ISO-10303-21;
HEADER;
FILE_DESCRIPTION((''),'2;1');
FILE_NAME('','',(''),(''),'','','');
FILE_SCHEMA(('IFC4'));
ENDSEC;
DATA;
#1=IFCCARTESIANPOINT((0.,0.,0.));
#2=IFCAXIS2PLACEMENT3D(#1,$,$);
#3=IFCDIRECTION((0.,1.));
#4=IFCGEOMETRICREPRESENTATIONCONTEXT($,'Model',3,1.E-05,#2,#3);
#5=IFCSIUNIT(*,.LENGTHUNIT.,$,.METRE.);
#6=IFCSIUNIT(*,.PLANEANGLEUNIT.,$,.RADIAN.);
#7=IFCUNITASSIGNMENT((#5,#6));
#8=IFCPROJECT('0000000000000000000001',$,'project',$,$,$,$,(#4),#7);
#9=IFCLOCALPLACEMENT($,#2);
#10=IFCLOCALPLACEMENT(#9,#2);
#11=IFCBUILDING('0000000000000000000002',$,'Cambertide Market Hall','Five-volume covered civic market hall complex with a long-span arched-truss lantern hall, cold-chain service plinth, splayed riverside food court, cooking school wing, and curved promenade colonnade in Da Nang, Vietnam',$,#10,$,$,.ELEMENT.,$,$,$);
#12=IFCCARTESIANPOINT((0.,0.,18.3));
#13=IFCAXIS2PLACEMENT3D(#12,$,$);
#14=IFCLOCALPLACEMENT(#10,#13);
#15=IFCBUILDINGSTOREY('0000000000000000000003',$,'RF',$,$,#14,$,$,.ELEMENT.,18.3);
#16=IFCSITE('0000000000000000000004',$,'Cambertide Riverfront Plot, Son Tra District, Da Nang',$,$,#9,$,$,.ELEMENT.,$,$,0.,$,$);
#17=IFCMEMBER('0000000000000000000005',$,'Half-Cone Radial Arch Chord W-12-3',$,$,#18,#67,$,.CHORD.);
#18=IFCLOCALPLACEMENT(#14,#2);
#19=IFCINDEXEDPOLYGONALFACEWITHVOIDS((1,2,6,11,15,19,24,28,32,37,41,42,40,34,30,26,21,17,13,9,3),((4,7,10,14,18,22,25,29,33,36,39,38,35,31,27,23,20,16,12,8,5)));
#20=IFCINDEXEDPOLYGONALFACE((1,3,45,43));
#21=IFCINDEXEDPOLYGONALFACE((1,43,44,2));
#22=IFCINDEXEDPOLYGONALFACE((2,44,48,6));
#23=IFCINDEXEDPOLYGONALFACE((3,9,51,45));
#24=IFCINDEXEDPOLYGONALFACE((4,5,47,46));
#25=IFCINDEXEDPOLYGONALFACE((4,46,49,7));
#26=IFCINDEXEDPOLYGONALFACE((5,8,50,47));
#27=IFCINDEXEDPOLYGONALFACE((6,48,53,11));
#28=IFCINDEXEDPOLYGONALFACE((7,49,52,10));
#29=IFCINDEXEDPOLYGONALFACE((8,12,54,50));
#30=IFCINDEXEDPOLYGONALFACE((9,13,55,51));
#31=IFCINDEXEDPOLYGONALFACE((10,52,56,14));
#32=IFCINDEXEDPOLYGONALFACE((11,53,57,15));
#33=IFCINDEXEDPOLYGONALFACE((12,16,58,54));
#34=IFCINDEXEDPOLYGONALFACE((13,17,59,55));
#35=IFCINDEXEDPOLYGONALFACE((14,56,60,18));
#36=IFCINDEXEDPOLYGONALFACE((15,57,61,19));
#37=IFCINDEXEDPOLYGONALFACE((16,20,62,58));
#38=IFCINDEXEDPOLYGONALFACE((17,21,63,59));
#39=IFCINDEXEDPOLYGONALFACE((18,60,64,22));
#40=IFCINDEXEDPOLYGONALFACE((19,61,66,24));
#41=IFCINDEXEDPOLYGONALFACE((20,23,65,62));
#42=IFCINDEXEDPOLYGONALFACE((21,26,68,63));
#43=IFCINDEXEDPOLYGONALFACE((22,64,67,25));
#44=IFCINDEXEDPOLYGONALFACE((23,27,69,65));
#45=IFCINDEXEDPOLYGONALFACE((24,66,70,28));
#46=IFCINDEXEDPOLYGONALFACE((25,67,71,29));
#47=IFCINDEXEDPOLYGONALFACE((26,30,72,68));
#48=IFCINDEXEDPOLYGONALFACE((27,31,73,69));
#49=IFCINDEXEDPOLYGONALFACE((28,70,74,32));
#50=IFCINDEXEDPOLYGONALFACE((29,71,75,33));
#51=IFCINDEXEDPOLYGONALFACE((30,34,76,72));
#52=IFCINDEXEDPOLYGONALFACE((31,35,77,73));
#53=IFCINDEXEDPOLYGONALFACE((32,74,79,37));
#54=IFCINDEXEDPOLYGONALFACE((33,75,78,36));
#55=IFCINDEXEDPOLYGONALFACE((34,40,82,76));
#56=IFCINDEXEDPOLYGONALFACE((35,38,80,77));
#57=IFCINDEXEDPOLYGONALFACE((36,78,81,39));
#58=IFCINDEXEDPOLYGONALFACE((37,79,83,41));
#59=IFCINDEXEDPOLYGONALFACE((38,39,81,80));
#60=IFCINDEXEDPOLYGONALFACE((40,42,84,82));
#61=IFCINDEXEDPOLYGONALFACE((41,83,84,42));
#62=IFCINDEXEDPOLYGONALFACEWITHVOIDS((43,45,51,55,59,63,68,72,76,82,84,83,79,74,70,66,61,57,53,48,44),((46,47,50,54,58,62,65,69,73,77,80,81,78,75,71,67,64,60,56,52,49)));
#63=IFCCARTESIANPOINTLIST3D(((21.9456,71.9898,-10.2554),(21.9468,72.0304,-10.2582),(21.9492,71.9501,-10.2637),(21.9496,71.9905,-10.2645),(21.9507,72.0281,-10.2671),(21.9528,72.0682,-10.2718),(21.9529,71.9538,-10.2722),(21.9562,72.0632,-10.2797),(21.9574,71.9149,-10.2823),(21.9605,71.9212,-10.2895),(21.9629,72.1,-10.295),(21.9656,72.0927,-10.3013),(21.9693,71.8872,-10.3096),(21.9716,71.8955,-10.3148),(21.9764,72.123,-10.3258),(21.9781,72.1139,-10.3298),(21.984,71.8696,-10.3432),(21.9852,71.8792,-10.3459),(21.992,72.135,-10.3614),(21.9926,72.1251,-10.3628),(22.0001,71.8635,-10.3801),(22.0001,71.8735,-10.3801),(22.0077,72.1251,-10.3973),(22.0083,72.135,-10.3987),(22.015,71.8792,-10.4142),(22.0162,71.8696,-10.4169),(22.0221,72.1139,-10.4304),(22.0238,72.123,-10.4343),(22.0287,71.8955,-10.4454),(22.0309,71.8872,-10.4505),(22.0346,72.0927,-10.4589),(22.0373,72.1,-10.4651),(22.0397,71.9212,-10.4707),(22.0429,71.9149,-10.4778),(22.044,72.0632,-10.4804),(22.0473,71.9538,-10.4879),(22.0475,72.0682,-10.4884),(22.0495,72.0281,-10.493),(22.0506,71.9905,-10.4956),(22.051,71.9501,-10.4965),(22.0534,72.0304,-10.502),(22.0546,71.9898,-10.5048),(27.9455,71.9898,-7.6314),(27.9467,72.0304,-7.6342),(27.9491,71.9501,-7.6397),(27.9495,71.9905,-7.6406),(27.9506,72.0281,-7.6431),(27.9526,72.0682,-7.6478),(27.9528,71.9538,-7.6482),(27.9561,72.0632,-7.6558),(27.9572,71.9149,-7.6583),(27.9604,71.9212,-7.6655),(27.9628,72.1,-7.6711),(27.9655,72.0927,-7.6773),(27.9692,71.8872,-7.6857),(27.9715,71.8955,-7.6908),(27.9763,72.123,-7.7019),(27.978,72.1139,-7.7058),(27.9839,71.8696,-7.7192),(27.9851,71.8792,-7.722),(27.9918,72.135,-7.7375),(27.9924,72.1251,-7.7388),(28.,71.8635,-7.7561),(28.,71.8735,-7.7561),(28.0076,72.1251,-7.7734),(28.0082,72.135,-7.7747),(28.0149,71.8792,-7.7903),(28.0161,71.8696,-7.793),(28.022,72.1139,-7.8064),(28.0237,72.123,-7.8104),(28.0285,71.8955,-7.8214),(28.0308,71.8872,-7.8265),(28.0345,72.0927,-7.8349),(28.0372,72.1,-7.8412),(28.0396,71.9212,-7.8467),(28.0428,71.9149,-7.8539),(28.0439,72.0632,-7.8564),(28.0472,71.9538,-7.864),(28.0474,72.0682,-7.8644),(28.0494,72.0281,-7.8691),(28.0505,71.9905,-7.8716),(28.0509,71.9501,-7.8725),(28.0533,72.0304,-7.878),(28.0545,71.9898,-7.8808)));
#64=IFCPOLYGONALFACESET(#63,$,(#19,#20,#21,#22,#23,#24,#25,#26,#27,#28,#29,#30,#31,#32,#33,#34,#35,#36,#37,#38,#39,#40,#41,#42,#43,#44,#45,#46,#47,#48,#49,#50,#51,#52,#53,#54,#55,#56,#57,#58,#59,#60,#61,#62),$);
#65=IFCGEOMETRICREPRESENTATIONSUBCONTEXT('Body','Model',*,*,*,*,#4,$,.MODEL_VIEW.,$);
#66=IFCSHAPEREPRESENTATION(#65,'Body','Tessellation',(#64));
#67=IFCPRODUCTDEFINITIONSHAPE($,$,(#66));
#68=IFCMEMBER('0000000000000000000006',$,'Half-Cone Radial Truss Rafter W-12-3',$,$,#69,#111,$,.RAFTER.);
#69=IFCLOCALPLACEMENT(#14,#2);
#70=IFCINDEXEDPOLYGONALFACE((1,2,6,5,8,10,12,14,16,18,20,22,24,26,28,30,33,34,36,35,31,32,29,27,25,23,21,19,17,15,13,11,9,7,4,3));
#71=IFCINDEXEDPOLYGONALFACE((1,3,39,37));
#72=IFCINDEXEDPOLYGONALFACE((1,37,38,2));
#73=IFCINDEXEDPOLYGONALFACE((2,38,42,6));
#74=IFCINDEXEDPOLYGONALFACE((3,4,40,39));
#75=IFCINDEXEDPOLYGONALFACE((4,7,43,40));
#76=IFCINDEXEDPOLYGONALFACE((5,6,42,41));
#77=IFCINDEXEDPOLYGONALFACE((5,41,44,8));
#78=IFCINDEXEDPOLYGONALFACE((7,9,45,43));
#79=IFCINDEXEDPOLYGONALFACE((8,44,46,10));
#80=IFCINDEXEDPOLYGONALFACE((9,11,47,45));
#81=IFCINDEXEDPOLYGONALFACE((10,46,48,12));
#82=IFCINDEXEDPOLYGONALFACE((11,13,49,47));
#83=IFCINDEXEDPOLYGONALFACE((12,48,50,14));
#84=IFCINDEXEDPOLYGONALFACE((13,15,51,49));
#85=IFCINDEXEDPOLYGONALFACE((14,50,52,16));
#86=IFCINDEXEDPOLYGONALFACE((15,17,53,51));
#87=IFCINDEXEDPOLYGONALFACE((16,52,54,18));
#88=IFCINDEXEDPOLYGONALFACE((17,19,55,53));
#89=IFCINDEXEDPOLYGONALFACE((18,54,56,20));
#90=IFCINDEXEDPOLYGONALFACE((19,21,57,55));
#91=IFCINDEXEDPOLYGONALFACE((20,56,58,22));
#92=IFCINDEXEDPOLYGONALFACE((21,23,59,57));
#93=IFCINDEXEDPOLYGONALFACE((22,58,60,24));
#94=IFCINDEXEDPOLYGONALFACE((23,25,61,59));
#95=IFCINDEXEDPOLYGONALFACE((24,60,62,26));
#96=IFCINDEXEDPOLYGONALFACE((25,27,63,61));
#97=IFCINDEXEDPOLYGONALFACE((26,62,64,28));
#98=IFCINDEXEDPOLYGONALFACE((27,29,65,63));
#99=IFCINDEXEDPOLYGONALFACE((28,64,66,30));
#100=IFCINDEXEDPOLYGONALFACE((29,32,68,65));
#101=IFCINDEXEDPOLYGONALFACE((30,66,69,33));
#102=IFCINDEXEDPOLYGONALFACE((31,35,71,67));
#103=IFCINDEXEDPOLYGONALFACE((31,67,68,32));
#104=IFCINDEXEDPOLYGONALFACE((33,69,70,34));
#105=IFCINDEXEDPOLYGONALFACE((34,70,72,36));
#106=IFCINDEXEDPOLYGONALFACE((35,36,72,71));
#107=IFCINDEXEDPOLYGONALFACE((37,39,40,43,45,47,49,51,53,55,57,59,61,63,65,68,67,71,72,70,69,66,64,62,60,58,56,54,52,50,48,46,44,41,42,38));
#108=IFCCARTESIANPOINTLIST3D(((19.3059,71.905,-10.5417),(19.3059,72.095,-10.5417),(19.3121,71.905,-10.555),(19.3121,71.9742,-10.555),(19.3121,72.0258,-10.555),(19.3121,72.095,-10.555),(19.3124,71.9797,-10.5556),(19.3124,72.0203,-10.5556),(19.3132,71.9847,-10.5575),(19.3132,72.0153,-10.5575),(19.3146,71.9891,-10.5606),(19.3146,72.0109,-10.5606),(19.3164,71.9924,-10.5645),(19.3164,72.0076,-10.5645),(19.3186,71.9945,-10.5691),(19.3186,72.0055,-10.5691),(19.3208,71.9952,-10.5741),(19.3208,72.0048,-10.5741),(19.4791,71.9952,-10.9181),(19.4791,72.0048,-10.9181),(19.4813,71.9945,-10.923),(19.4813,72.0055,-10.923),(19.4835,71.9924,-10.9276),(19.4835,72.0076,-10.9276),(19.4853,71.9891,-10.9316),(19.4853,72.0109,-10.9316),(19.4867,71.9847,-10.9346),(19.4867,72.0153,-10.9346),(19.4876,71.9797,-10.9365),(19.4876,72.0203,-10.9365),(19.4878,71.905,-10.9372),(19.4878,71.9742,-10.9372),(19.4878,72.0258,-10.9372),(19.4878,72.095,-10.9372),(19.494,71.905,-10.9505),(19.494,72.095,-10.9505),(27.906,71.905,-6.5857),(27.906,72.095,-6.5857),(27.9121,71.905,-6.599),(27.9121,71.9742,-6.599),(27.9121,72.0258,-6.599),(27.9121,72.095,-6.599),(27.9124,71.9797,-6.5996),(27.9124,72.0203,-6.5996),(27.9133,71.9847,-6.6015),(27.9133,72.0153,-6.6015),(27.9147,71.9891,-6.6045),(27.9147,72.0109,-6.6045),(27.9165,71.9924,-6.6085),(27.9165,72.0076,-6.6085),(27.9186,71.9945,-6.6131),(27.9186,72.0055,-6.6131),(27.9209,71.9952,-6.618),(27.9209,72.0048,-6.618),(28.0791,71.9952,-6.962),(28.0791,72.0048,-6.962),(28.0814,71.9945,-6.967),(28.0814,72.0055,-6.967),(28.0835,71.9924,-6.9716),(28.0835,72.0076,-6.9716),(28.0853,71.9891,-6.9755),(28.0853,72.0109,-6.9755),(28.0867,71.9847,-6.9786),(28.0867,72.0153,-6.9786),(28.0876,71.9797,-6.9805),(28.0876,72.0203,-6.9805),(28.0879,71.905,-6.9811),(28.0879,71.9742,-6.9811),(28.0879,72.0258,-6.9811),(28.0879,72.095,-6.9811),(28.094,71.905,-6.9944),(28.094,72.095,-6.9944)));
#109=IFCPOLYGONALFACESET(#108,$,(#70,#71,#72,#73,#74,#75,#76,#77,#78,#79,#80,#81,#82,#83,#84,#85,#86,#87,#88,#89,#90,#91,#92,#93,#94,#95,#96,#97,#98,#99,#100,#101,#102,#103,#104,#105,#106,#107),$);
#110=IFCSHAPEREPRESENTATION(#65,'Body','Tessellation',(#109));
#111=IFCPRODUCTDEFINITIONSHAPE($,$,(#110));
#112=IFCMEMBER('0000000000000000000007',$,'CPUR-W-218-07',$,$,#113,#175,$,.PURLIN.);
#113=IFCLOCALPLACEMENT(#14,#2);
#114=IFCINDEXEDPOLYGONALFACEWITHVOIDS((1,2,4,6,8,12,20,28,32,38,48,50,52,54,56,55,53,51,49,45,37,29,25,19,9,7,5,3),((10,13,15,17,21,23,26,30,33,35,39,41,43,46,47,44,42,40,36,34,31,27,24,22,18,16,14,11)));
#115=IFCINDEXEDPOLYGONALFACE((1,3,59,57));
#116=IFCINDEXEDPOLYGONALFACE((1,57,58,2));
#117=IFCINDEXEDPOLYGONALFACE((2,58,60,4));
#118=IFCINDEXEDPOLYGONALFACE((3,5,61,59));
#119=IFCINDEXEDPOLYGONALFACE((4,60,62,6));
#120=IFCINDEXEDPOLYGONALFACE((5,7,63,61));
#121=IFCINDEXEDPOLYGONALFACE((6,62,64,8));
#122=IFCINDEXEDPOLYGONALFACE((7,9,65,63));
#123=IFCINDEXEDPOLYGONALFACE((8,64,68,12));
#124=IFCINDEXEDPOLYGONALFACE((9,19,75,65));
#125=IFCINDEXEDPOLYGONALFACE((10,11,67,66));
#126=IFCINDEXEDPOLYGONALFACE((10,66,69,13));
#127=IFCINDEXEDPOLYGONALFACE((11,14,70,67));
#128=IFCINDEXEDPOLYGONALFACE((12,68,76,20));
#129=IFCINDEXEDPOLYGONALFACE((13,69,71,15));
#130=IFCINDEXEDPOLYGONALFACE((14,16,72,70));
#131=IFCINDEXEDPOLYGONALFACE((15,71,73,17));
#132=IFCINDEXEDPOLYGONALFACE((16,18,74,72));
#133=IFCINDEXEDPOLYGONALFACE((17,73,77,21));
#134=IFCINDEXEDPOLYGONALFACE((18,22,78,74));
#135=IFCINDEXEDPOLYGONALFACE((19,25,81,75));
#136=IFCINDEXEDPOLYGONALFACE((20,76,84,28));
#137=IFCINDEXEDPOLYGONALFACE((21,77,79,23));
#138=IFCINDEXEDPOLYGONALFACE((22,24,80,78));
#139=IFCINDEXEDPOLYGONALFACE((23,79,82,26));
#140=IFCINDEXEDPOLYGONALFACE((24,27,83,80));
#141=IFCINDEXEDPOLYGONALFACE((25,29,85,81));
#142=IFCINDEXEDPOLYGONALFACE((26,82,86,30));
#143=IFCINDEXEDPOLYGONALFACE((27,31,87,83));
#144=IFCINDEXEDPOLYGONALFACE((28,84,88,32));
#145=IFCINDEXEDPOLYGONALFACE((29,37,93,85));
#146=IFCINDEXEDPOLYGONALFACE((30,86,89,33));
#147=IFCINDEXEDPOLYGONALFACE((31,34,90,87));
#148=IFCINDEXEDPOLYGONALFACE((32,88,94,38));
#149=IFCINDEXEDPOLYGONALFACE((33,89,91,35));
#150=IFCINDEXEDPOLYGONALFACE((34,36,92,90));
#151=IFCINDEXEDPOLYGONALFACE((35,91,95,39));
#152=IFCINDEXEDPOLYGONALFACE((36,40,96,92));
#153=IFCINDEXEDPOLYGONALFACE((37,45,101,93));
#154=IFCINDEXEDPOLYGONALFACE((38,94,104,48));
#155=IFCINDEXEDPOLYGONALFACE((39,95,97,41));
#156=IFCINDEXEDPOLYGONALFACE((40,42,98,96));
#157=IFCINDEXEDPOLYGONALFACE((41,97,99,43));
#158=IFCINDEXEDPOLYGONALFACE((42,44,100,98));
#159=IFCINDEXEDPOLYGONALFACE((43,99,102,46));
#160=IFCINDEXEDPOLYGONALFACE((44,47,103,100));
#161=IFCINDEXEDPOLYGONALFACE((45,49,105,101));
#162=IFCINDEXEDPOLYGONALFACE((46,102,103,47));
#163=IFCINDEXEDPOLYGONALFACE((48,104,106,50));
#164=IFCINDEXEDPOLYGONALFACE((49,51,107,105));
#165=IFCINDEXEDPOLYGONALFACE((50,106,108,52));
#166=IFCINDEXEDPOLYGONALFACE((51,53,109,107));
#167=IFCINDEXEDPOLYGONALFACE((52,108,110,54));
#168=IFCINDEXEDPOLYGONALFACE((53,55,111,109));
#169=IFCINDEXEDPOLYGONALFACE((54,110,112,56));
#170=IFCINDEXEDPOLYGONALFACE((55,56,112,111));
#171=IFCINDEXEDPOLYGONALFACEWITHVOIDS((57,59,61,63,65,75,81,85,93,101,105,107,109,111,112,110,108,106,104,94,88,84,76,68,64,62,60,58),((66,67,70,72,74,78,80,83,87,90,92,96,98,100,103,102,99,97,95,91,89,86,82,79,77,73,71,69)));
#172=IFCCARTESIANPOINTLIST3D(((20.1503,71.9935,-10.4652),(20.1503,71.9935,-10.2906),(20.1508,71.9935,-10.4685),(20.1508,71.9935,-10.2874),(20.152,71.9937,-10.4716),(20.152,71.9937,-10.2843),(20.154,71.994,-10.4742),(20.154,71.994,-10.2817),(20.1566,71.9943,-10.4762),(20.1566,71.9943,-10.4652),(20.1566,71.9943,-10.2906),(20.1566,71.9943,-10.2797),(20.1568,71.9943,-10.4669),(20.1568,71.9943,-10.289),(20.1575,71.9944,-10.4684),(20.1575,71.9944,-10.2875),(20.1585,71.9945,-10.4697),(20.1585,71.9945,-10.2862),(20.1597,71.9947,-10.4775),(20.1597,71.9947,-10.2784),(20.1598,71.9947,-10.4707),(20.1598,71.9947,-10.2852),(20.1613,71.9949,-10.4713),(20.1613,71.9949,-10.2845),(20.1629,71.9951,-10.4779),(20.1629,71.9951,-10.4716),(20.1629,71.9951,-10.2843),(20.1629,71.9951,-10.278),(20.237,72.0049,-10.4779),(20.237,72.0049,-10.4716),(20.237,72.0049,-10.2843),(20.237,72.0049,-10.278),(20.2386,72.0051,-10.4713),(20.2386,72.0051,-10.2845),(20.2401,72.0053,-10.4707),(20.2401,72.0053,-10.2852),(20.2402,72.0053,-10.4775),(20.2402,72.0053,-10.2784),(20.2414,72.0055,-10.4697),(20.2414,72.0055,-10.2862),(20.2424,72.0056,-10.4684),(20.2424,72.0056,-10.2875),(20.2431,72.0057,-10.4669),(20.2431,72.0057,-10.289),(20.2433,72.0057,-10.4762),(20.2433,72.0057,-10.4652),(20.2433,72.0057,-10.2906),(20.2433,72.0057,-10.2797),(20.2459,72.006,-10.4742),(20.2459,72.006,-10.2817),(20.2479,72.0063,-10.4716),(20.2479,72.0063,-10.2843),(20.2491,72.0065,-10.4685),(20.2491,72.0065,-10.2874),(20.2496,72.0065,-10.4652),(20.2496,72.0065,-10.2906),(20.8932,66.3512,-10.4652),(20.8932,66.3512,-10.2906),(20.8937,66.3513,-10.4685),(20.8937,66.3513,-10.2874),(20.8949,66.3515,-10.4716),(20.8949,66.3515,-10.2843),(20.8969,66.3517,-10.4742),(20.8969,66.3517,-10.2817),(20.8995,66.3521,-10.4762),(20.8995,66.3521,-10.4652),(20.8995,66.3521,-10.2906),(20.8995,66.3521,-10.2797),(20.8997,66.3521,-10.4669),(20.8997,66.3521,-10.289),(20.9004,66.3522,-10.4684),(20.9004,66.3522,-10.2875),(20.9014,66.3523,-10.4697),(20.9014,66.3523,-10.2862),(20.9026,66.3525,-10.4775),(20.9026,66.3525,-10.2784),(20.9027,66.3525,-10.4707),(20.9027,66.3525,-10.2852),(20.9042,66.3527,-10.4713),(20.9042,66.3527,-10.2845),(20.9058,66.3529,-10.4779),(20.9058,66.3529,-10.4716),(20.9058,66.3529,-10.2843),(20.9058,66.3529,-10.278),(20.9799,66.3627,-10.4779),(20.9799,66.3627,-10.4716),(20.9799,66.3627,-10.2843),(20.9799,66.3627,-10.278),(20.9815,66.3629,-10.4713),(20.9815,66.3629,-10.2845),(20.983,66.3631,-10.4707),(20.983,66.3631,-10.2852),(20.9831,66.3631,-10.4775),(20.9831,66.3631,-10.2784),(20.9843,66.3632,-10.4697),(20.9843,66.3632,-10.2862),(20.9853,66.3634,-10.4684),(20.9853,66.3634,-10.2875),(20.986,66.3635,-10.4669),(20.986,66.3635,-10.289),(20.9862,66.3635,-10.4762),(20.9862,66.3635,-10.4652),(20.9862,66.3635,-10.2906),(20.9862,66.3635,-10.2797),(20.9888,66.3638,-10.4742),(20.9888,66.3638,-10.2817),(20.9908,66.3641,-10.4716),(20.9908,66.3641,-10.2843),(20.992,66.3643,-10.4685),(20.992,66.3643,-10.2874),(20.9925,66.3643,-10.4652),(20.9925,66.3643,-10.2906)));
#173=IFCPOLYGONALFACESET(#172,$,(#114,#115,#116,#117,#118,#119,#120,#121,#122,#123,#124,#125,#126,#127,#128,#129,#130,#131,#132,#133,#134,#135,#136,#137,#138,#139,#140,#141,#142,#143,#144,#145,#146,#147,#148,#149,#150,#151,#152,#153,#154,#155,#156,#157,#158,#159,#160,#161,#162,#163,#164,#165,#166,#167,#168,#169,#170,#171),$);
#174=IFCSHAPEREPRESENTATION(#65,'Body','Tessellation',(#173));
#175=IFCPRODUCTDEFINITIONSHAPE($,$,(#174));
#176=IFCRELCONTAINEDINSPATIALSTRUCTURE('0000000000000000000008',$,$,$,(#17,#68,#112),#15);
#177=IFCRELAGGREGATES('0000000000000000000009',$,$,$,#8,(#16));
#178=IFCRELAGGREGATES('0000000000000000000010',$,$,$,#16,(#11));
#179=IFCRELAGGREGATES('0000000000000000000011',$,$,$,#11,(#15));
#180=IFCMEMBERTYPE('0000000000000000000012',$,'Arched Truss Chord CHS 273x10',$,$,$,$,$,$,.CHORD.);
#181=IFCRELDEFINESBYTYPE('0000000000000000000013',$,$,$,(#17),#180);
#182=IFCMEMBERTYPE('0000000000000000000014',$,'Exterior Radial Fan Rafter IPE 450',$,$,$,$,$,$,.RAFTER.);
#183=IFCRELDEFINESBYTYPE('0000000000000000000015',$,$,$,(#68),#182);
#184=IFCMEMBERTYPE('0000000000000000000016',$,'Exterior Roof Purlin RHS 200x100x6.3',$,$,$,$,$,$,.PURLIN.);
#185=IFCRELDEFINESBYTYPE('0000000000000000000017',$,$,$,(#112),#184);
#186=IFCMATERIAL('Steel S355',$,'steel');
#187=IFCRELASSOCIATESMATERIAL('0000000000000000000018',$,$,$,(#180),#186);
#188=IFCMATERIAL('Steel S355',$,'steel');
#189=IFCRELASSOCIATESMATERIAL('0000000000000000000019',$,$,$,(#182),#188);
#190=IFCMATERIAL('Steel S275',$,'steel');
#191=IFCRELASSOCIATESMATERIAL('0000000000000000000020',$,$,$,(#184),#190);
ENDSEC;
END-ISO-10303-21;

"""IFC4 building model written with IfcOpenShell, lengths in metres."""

from ifc_helpers import new_model, si_unit, direction, frame, origin, origin_2d, place, context, subcontext, project, spatial, hollow_rectangle, hollow_circle, i_section, extrude, material, material_profile, profile_set, type_object, element, save


model = new_model("IFC4")

# Units and contexts
model_context = context("Model", 3, precision=1e-05, world=origin(), true_north=direction((0.0, 1.0)))
body_context = subcontext(model_context, "Body", "Model", "MODEL_VIEW")
ifc_project = project(units=[si_unit("LENGTHUNIT", "METRE"), si_unit("PLANEANGLEUNIT", "RADIAN")], contexts=[model_context])

# Site, building, storey
site_placement = place(None, origin())
site = spatial("IfcSite", under=ifc_project, at=site_placement, Name="Cambertide Riverfront Plot, Son Tra District, Da Nang", CompositionType="ELEMENT", RefElevation=0.0)
building_placement = place(site_placement, origin())
building = spatial("IfcBuilding", under=site, at=building_placement, Name="Cambertide Market Hall", Description="Five-volume covered civic market hall complex with a long-span arched-truss lantern hall, cold-chain service plinth, splayed riverside food court, cooking school wing, and curved promenade colonnade in Da Nang, Vietnam", CompositionType="ELEMENT")
storey_placement = place(building_placement, frame((0.0, 0.0, 18.3)))
storey = spatial("IfcBuildingStorey", under=building, at=storey_placement, Name="RF", CompositionType="ELEMENT", Elevation=18.3)

# Members
ifc_material_1 = material(Name="Steel S355", Category="steel")
ifc_material_profile_1 = material_profile(ifc_material_1, hollow_circle(Radius=0.1365, WallThickness=0.01, at=origin_2d()), Name="CHS 273x10")
ifc_profile_set_1 = profile_set([ifc_material_profile_1], Name="Steel S355")
member_type_1 = type_object("IfcMemberType", Name="Arched Truss Chord CHS 273x10", PredefinedType="CHORD", material=ifc_profile_set_1)
member_1_placement = place(storey_placement, frame((28.0, 72.0, -7.7561), z_axis=(-0.916212, 0.0, -0.400694), x_axis=(0.0, -1.0, 0.0)))
element("IfcMember", 1, at=member_1_placement, inside=storey, type_object=member_type_1, Name="Half-Cone Radial Arch Chord W-12-3", PredefinedType="CHORD", context=body_context, shape_type="SweptSolid", body=[
    extrude(hollow_circle(Radius=0.1365, WallThickness=0.01, at=origin_2d()), origin(), (0.0, 0.0, 1.0), 6.5486),
])
ifc_material_2 = material(Name="Steel S355", Category="steel")
ifc_material_profile_2 = material_profile(ifc_material_2, i_section(OverallWidth=0.1899, OverallDepth=0.45, WebThickness=0.0095, FlangeThickness=0.0146, FilletRadius=0.021, at=origin_2d()), Name="IPE 450")
ifc_profile_set_2 = profile_set([ifc_material_profile_2], Name="Steel S355")
member_type_2 = type_object("IfcMemberType", Name="Exterior Radial Fan Rafter IPE 450", PredefinedType="RAFTER", material=ifc_profile_set_2)
member_2_placement = place(storey_placement, frame((28.0, 72.0, -6.79), z_axis=(-0.90849, 0.0, -0.417906), x_axis=(0.0, -1.0, 0.0)))
element("IfcMember", 2, at=member_2_placement, inside=storey, type_object=member_type_2, Name="Half-Cone Radial Truss Rafter W-12-3", PredefinedType="RAFTER", context=body_context, shape_type="SweptSolid", body=[
    extrude(i_section(OverallWidth=0.1899, OverallDepth=0.45, WebThickness=0.0095, FlangeThickness=0.0146, FilletRadius=0.021, at=origin_2d()), origin(), (0.0, 0.0, 1.0), 9.4663),
])
ifc_material_3 = material(Name="Steel S275", Category="steel")
ifc_material_profile_3 = material_profile(ifc_material_3, hollow_rectangle(XDim=0.1001, YDim=0.2, WallThickness=0.0063, InnerFilletRadius=0.0063, OuterFilletRadius=0.0127, at=origin_2d()), Name="RHS 200x100x6.3")
ifc_profile_set_3 = profile_set([ifc_material_profile_3], Name="Steel S275")
member_type_3 = type_object("IfcMemberType", Name="Exterior Roof Purlin RHS 200x100x6.3", PredefinedType="PURLIN", material=ifc_profile_set_3)
member_3_placement = place(storey_placement, frame((20.2, 72.0, -10.3779), z_axis=(0.130542, -0.991443, 0.0), x_axis=(0.991443, 0.130542, 0.0)))
element("IfcMember", 3, at=member_3_placement, inside=storey, type_object=member_type_3, Name="CPUR-W-218-07", PredefinedType="PURLIN", context=body_context, shape_type="SweptSolid", body=[
    extrude(hollow_rectangle(XDim=0.1001, YDim=0.2, WallThickness=0.0063, InnerFilletRadius=0.0063, OuterFilletRadius=0.0127, at=origin_2d()), origin(), (0.0, 0.0, 1.0), 5.6909),
])

save(model, "model.ifc")
